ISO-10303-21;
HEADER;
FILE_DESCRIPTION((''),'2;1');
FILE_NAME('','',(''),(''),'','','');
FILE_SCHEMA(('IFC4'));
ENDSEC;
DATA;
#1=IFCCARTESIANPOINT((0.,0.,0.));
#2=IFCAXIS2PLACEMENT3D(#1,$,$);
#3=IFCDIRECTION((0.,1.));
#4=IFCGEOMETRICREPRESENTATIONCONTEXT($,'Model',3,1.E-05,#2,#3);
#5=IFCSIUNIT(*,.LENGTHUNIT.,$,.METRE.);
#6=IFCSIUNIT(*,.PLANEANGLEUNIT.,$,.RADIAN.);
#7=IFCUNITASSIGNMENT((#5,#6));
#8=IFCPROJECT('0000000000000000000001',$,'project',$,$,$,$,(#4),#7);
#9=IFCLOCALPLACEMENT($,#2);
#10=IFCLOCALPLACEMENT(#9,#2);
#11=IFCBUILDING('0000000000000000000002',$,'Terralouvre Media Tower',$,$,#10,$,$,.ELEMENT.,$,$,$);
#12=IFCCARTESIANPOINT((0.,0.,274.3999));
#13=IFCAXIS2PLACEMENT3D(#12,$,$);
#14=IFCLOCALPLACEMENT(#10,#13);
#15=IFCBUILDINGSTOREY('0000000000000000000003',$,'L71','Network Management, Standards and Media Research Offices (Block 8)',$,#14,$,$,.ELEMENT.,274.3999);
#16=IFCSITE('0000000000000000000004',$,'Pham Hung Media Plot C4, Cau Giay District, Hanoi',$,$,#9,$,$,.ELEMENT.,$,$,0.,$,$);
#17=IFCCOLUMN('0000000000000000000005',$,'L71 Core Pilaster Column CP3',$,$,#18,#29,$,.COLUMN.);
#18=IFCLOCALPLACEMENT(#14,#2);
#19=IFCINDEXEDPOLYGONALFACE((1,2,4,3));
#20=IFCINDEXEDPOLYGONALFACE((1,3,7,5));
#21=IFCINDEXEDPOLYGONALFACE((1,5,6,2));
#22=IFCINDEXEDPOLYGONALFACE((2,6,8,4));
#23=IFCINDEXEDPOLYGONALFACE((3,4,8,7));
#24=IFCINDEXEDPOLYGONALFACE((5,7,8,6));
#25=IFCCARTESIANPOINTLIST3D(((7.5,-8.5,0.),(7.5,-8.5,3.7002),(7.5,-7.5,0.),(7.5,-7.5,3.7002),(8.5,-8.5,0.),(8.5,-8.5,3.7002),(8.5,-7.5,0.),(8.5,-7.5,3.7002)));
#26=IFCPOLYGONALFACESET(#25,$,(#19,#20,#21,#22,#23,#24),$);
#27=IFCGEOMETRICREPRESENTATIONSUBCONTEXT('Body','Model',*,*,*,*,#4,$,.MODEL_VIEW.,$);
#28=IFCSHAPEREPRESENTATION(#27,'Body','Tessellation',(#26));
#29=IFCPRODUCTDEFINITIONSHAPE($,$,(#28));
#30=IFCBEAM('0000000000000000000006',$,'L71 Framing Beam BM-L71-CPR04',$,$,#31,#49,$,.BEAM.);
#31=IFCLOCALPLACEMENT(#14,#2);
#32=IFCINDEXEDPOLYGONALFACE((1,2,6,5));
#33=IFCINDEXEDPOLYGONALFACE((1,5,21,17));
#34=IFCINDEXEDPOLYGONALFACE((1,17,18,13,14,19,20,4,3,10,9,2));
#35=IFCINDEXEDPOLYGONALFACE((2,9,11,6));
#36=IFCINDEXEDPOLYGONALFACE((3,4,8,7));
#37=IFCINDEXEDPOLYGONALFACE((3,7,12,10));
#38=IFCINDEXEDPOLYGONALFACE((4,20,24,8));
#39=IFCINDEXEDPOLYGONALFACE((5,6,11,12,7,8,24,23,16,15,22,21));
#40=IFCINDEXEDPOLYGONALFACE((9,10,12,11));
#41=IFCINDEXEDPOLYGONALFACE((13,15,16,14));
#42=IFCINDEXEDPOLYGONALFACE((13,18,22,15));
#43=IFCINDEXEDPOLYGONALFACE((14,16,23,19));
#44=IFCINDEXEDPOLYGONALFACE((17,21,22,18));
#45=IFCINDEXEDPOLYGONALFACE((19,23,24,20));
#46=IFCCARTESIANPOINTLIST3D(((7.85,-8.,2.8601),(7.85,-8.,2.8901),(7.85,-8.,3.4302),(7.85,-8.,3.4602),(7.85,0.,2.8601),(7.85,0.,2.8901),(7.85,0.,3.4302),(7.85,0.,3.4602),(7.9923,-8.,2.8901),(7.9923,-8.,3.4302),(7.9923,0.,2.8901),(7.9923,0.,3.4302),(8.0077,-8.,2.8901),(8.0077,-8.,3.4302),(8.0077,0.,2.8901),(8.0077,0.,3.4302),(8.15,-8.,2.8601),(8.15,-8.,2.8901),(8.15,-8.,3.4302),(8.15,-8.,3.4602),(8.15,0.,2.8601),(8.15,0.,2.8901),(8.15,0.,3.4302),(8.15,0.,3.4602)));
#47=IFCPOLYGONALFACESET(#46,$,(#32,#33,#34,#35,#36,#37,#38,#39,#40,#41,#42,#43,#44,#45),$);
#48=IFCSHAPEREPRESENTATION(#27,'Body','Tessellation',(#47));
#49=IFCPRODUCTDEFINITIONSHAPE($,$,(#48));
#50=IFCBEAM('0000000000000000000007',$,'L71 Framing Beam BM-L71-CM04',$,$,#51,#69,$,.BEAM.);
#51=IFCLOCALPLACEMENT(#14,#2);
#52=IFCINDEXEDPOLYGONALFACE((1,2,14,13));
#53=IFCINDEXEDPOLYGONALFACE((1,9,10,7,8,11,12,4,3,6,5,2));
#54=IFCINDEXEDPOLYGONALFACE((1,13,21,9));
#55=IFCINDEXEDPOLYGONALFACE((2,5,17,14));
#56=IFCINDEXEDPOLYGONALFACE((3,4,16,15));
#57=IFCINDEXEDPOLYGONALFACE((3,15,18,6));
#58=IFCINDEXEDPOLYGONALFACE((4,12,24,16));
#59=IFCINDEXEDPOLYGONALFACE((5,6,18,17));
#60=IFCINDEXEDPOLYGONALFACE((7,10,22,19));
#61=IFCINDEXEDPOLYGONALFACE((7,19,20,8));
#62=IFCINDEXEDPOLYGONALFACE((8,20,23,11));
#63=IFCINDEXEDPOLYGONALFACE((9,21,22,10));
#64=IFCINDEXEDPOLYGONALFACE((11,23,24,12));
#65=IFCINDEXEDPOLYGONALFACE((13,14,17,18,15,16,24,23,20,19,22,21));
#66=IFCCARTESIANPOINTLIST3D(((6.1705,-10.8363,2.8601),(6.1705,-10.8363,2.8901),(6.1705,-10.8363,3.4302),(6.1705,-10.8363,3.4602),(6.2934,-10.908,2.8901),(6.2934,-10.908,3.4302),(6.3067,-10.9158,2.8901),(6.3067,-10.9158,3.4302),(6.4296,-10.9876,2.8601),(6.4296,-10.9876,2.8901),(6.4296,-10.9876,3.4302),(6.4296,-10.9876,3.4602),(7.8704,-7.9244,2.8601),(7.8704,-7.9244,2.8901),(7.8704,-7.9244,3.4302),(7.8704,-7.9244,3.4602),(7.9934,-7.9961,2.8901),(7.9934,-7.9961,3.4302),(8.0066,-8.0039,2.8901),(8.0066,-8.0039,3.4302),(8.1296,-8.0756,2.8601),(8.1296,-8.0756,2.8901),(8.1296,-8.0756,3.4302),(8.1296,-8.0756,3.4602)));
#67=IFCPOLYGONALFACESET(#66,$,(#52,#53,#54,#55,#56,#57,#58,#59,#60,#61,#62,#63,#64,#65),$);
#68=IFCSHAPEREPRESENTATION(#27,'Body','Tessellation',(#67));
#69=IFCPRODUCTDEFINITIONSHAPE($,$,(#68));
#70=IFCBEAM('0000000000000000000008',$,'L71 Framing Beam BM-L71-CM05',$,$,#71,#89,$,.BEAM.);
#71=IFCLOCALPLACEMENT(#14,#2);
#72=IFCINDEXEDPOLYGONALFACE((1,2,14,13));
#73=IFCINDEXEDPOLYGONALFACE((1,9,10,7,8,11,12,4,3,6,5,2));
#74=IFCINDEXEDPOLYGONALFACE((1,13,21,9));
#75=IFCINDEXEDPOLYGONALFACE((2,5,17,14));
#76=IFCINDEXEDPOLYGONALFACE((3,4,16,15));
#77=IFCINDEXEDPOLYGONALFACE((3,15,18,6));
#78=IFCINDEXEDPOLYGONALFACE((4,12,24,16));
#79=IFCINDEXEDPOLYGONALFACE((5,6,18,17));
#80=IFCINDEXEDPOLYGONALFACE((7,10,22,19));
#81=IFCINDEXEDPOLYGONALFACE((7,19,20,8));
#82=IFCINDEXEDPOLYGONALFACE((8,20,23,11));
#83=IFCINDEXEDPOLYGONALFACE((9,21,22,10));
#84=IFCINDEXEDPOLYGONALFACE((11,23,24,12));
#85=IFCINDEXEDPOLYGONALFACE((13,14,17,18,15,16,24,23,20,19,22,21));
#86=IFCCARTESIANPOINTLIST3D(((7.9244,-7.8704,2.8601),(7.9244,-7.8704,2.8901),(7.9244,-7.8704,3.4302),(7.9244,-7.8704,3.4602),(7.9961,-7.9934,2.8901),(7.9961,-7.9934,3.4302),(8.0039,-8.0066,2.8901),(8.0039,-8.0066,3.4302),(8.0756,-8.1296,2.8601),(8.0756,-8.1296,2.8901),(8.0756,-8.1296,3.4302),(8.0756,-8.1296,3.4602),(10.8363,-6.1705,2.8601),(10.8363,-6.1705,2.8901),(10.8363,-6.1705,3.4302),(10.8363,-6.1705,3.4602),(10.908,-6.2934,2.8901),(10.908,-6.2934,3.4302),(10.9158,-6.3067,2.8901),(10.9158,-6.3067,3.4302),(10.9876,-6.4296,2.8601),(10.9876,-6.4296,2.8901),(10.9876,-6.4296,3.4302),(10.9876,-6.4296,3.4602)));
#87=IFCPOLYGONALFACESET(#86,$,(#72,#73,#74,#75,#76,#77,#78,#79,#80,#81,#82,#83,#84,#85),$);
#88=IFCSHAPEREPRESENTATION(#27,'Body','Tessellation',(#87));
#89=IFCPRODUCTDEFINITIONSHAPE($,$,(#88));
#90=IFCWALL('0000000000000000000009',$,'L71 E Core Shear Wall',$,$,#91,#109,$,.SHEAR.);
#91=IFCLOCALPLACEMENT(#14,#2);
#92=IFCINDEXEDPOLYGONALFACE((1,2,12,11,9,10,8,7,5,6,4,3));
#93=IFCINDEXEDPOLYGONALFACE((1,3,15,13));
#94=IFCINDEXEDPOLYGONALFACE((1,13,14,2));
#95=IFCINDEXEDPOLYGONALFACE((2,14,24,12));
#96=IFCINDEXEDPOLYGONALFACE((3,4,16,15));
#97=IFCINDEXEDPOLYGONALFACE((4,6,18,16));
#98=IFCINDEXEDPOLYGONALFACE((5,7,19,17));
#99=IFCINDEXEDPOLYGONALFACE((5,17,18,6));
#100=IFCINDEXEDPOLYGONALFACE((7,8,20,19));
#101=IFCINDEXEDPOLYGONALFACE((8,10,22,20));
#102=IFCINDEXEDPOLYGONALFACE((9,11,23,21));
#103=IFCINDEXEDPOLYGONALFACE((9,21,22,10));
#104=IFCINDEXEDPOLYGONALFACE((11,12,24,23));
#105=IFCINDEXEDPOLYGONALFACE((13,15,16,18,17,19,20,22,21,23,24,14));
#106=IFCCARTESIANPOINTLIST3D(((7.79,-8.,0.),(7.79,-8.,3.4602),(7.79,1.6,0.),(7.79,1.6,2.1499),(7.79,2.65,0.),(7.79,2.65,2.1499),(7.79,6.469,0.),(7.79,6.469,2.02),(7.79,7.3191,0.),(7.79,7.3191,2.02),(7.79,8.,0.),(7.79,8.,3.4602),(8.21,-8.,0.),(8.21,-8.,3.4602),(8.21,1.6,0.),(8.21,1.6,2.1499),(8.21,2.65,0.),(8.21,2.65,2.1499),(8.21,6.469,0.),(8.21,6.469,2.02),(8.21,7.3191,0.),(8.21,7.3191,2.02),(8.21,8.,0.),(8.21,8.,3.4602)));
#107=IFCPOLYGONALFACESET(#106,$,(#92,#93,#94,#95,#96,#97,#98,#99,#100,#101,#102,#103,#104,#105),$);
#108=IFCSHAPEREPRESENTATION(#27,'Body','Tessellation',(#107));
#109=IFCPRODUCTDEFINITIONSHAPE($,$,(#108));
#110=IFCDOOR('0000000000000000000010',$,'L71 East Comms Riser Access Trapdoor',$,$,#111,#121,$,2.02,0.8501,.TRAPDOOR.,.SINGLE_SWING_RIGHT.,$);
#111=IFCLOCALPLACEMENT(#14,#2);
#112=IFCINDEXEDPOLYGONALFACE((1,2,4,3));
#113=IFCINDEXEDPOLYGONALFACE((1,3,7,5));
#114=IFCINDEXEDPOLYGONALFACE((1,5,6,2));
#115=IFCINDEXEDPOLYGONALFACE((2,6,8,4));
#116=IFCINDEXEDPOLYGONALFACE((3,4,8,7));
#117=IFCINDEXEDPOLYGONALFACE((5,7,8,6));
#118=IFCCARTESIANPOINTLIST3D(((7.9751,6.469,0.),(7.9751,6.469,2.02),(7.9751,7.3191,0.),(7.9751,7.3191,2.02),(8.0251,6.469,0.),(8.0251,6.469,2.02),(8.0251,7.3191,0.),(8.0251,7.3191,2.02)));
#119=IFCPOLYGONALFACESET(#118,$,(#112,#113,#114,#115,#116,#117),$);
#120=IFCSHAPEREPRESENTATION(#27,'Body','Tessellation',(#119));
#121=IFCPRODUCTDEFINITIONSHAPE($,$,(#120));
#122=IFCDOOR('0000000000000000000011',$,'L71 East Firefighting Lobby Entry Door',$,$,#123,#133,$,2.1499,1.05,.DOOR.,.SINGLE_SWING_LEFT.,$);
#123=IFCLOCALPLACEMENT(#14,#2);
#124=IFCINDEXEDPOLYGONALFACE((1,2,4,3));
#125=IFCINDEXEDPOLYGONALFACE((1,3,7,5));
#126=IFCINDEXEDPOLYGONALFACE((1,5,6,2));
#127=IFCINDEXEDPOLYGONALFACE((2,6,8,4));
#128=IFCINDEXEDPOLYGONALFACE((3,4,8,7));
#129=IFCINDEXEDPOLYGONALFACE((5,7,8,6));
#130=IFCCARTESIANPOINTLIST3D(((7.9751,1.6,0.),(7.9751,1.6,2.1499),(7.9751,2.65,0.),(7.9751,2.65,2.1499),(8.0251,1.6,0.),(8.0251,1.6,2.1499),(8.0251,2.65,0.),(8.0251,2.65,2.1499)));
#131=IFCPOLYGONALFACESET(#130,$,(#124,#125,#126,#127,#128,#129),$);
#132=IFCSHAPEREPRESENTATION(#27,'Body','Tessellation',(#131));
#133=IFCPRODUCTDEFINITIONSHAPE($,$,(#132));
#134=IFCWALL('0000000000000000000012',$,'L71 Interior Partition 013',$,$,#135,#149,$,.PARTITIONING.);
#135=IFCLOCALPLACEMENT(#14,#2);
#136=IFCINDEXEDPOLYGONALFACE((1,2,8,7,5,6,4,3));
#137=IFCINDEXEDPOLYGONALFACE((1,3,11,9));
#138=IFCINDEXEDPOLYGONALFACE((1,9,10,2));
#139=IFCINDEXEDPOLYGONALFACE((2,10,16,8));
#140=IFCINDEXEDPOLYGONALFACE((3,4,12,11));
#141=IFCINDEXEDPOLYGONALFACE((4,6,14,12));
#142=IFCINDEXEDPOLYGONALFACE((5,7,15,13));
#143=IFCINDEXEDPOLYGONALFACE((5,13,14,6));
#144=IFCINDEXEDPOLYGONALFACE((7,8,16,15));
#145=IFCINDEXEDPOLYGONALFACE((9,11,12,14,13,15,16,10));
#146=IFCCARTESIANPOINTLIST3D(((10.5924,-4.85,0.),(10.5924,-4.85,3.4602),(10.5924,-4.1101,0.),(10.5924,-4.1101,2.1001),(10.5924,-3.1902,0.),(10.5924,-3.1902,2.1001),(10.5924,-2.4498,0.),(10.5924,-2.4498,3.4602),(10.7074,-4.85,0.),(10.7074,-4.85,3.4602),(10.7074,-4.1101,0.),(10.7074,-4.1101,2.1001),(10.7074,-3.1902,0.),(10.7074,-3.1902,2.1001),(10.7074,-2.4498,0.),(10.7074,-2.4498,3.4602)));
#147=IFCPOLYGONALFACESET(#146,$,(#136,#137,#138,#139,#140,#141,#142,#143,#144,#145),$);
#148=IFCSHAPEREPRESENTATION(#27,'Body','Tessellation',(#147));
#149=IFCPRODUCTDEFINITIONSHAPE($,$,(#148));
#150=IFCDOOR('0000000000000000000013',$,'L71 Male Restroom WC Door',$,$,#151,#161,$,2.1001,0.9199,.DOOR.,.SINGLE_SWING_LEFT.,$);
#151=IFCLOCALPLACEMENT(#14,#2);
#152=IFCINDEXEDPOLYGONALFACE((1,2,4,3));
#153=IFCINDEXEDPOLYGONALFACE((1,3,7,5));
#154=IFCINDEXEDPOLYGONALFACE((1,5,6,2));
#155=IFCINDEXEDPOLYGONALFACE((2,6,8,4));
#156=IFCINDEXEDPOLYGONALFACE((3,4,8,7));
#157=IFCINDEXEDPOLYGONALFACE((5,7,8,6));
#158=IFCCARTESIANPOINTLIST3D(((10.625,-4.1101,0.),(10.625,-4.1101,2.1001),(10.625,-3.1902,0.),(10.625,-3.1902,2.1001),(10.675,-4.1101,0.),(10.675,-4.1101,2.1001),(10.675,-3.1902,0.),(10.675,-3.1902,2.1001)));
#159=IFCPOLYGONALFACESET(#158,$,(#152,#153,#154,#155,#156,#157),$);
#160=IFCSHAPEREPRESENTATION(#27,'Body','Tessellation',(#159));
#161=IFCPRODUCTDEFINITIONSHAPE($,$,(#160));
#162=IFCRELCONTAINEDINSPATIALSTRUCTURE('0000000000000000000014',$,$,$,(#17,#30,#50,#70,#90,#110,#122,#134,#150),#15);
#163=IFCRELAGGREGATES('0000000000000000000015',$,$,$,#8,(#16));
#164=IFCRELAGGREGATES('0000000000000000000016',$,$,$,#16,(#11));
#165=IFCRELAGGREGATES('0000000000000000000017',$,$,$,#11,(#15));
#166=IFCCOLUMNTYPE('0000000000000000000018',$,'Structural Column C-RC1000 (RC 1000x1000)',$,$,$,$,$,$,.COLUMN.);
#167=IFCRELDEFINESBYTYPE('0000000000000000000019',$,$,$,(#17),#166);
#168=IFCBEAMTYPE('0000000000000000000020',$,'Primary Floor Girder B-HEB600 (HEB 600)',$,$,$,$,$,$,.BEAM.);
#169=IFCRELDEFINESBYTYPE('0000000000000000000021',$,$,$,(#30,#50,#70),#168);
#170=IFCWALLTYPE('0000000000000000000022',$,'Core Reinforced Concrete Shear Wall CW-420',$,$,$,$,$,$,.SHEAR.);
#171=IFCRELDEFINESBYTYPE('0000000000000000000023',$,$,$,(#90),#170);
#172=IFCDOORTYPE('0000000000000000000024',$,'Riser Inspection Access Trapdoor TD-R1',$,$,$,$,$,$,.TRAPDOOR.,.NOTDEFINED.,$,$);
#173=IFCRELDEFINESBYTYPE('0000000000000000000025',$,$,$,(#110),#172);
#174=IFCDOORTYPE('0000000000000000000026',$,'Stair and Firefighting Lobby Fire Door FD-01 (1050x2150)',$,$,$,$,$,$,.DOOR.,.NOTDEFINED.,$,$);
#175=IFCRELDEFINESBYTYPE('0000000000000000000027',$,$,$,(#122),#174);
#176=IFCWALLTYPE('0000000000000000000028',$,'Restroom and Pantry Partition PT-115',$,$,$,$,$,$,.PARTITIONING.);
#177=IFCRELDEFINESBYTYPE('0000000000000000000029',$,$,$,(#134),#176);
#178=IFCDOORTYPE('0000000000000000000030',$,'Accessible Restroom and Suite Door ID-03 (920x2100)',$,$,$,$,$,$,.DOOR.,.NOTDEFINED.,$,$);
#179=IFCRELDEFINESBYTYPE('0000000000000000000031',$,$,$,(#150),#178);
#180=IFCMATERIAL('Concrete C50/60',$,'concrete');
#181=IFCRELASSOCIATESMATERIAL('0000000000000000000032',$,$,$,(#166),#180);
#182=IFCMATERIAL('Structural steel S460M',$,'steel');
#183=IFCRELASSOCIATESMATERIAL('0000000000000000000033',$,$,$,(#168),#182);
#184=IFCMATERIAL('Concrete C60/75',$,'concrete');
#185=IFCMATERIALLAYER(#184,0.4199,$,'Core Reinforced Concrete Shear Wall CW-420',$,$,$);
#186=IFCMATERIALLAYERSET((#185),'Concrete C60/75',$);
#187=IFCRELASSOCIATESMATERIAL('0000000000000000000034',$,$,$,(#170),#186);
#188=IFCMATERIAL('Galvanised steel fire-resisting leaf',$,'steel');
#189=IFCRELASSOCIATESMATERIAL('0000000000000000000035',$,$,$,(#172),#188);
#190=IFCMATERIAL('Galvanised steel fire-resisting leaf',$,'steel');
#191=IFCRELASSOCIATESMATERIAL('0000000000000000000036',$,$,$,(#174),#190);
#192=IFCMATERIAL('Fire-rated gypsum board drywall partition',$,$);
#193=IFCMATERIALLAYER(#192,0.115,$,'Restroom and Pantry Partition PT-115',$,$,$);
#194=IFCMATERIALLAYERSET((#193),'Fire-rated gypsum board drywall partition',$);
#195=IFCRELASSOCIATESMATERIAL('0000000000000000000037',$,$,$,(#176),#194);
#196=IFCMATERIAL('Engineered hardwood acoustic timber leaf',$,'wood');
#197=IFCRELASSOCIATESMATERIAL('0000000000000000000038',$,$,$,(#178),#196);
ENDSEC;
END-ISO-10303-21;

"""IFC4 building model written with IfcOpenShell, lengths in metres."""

from ifc_helpers import new_model, si_unit, direction, frame, frame_2d, origin, origin_2d, place, context, subcontext, project, spatial, rectangle, i_section, extrude, material, layer, layer_set, material_profile, profile_set, type_object, element, fill, save


model = new_model("IFC4")

# Units and contexts
model_context = context("Model", 3, precision=1e-05, world=origin(), true_north=direction((0.0, 1.0)))
body_context = subcontext(model_context, "Body", "Model", "MODEL_VIEW")
ifc_project = project(units=[si_unit("LENGTHUNIT", "METRE"), si_unit("PLANEANGLEUNIT", "RADIAN")], contexts=[model_context])

# Site, building, storey
site_placement = place(None, origin())
site = spatial("IfcSite", under=ifc_project, at=site_placement, Name="Pham Hung Media Plot C4, Cau Giay District, Hanoi", CompositionType="ELEMENT", RefElevation=0.0)
building_placement = place(site_placement, origin())
building = spatial("IfcBuilding", under=site, at=building_placement, Name="Terralouvre Media Tower", CompositionType="ELEMENT")
storey_placement = place(building_placement, frame((0.0, 0.0, 274.3999)))
storey = spatial("IfcBuildingStorey", under=building, at=storey_placement, Name="L71", Description="Network Management, Standards and Media Research Offices (Block 8)", CompositionType="ELEMENT", Elevation=274.3999)

# Column
ifc_material_1 = material(Name="Concrete C50/60", Category="concrete")
ifc_material_profile_1 = material_profile(ifc_material_1, rectangle(XDim=1.0, YDim=1.0, at=origin_2d()), Name="RC 1000x1000")
ifc_profile_set_1 = profile_set([ifc_material_profile_1], Name="Concrete C50/60")
column_type = type_object("IfcColumnType", Name="Structural Column C-RC1000 (RC 1000x1000)", PredefinedType="COLUMN", material=ifc_profile_set_1)
column_placement = place(storey_placement, frame((8.0, -8.0, 0.0), z_axis=(0.0, 0.0, 1.0), x_axis=(1.0, 0.0, 0.0)))
element("IfcColumn", 1, at=column_placement, inside=storey, type_object=column_type, Name="L71 Core Pilaster Column CP3", PredefinedType="COLUMN", context=body_context, shape_type="SweptSolid", body=[
    extrude(rectangle(XDim=1.0, YDim=1.0, at=origin_2d()), origin(), (0.0, 0.0, 1.0), 3.7002),
])

# Beams
ifc_material_2 = material(Name="Structural steel S460M", Category="steel")
ifc_material_profile_2 = material_profile(ifc_material_2, i_section(OverallWidth=0.3, OverallDepth=0.6001, WebThickness=0.0154, FlangeThickness=0.03, at=origin_2d()), Name="HEB 600")
ifc_profile_set_2 = profile_set([ifc_material_profile_2], Name="Structural steel S460M")
beam_type = type_object("IfcBeamType", Name="Primary Floor Girder B-HEB600 (HEB 600)", PredefinedType="BEAM", material=ifc_profile_set_2)
beam_placement = place(storey_placement, frame((8.0, -8.0, 3.1602), z_axis=(0.0, 1.0, 0.0), x_axis=(-1.0, 0.0, 0.0)))
element("IfcBeam", 2, at=beam_placement, inside=storey, type_object=beam_type, Name="L71 Framing Beam BM-L71-CPR04", PredefinedType="BEAM", context=body_context, shape_type="SweptSolid", body=[
    extrude(i_section(OverallWidth=0.3, OverallDepth=0.6001, WebThickness=0.0154, FlangeThickness=0.03, at=origin_2d()), origin(), (0.0, 0.0, 1.0), 8.0),
])
for number, where, z_axis, x_axis, name in (
    (3, (8.0, -8.0, 3.1602), (-0.504173, -0.863603, 0.0), (0.863603, -0.504173, 0.0), "L71 Framing Beam BM-L71-CM04"),
    (4, (8.0, -8.0, 3.1602), (0.863603, 0.504173, 0.0), (-0.504173, 0.863603, 0.0), "L71 Framing Beam BM-L71-CM05"),
):
    element("IfcBeam", number, at=place(storey_placement, frame(where, z_axis=z_axis, x_axis=x_axis)), inside=storey, type_object=beam_type, Name=name, PredefinedType="BEAM", context=body_context, shape_type="SweptSolid", body=[
        extrude(i_section(OverallWidth=0.3, OverallDepth=0.6001, WebThickness=0.0154, FlangeThickness=0.03, at=origin_2d()), origin(), (0.0, 0.0, 1.0), 3.3718),
    ])

# Wall, openings, doors
ifc_material_3 = material(Name="Concrete C60/75", Category="concrete")
ifc_layer_1 = layer(ifc_material_3, 0.4199, Name="Core Reinforced Concrete Shear Wall CW-420")
ifc_layer_set_1 = layer_set([ifc_layer_1], Name="Concrete C60/75")
wall_type_1 = type_object("IfcWallType", Name="Core Reinforced Concrete Shear Wall CW-420", PredefinedType="SHEAR", material=ifc_layer_set_1)
wall_1_placement = place(storey_placement, frame((8.0, -8.0, 0.0), z_axis=(0.0, 0.0, 1.0), x_axis=(0.0, 1.0, 0.0)))
wall_1 = element("IfcWall", 5, at=wall_1_placement, inside=storey, type_object=wall_type_1, Name="L71 E Core Shear Wall", PredefinedType="SHEAR", context=body_context, shape_type="SweptSolid", body=[
    extrude(rectangle(XDim=16.0, YDim=0.4199, at=frame_2d((8.0, 0.0))), origin(), (0.0, 0.0, 1.0), 3.4602),
])
opening_1_placement = place(wall_1_placement, frame((9.6001, 0.0, 0.0)))
opening_1 = element("IfcOpeningElement", 6, at=opening_1_placement, cuts=wall_1, PredefinedType="OPENING", context=body_context, shape_type="SweptSolid", body=[
    extrude(rectangle(XDim=1.05, YDim=2.1499, at=frame_2d((0.5249, 1.075))), frame((0.0, 0.22, 0.0), z_axis=(0.0, -1.0, 0.0), x_axis=(1.0, 0.0, 0.0)), (0.0, 0.0, 1.0), 0.4399),
])
opening_2_placement = place(wall_1_placement, frame((14.469, 0.0, 0.0)))
opening_2 = element("IfcOpeningElement", 7, at=opening_2_placement, cuts=wall_1, PredefinedType="OPENING", context=body_context, shape_type="SweptSolid", body=[
    extrude(rectangle(XDim=0.8501, YDim=2.02, at=frame_2d((0.425, 1.01))), frame((0.0, 0.22, 0.0), z_axis=(0.0, -1.0, 0.0), x_axis=(1.0, 0.0, 0.0)), (0.0, 0.0, 1.0), 0.4399),
])
ifc_material_4 = material(Name="Galvanised steel fire-resisting leaf", Category="steel")
door_type_1 = type_object("IfcDoorType", Name="Riser Inspection Access Trapdoor TD-R1", OperationType="NOTDEFINED", PredefinedType="TRAPDOOR", material=ifc_material_4)
door_1_placement = place(opening_2_placement, origin())
door_1 = element("IfcDoor", 8, at=door_1_placement, inside=storey, type_object=door_type_1, Name="L71 East Comms Riser Access Trapdoor", OperationType="SINGLE_SWING_RIGHT", OverallHeight=2.02, OverallWidth=0.8501, PredefinedType="TRAPDOOR", context=body_context, shape_type="SweptSolid", body=[
    extrude(rectangle(XDim=0.8501, YDim=2.02, at=frame_2d((0.425, 1.01))), frame((0.0, 0.0249, 0.0), z_axis=(0.0, -1.0, 0.0), x_axis=(1.0, 0.0, 0.0)), (0.0, 0.0, 1.0), 0.05),
])
fill(opening_2, door_1)
ifc_material_5 = material(Name="Galvanised steel fire-resisting leaf", Category="steel")
door_type_2 = type_object("IfcDoorType", Name="Stair and Firefighting Lobby Fire Door FD-01 (1050x2150)", OperationType="NOTDEFINED", PredefinedType="DOOR", material=ifc_material_5)
door_2_placement = place(opening_1_placement, origin())
door_2 = element("IfcDoor", 9, at=door_2_placement, inside=storey, type_object=door_type_2, Name="L71 East Firefighting Lobby Entry Door", OperationType="SINGLE_SWING_LEFT", OverallHeight=2.1499, OverallWidth=1.05, PredefinedType="DOOR", context=body_context, shape_type="SweptSolid", body=[
    extrude(rectangle(XDim=1.05, YDim=2.1499, at=frame_2d((0.5249, 1.075))), frame((0.0, 0.0249, 0.0), z_axis=(0.0, -1.0, 0.0), x_axis=(1.0, 0.0, 0.0)), (0.0, 0.0, 1.0), 0.05),
])
fill(opening_1, door_2)

# Wall, opening, door
ifc_material_6 = material(Name="Fire-rated gypsum board drywall partition")
ifc_layer_2 = layer(ifc_material_6, 0.115, Name="Restroom and Pantry Partition PT-115")
ifc_layer_set_2 = layer_set([ifc_layer_2], Name="Fire-rated gypsum board drywall partition")
wall_type_2 = type_object("IfcWallType", Name="Restroom and Pantry Partition PT-115", PredefinedType="PARTITIONING", material=ifc_layer_set_2)
wall_2_placement = place(storey_placement, frame((10.6499, -4.8501, 0.0), z_axis=(0.0, 0.0, 1.0), x_axis=(0.0, 1.0, 0.0)))
wall_2 = element("IfcWall", 10, at=wall_2_placement, inside=storey, type_object=wall_type_2, Name="L71 Interior Partition 013", PredefinedType="PARTITIONING", context=body_context, shape_type="SweptSolid", body=[
    extrude(rectangle(XDim=2.4001, YDim=0.115, at=frame_2d((1.2002, 0.0))), origin(), (0.0, 0.0, 1.0), 3.4602),
])
opening_3_placement = place(wall_2_placement, frame((0.74, 0.0, 0.0)))
opening_3 = element("IfcOpeningElement", 11, at=opening_3_placement, cuts=wall_2, PredefinedType="OPENING", context=body_context, shape_type="SweptSolid", body=[
    extrude(rectangle(XDim=0.9199, YDim=2.1001, at=frame_2d((0.46, 1.05))), frame((0.0, 0.0674, 0.0), z_axis=(0.0, -1.0, 0.0), x_axis=(1.0, 0.0, 0.0)), (0.0, 0.0, 1.0), 0.135),
])
ifc_material_7 = material(Name="Engineered hardwood acoustic timber leaf", Category="wood")
door_type_3 = type_object("IfcDoorType", Name="Accessible Restroom and Suite Door ID-03 (920x2100)", OperationType="NOTDEFINED", PredefinedType="DOOR", material=ifc_material_7)
door_3_placement = place(opening_3_placement, origin())
door_3 = element("IfcDoor", 12, at=door_3_placement, inside=storey, type_object=door_type_3, Name="L71 Male Restroom WC Door", OperationType="SINGLE_SWING_LEFT", OverallHeight=2.1001, OverallWidth=0.9199, PredefinedType="DOOR", context=body_context, shape_type="SweptSolid", body=[
    extrude(rectangle(XDim=0.9199, YDim=2.1001, at=frame_2d((0.46, 1.05))), frame((0.0, 0.0249, 0.0), z_axis=(0.0, -1.0, 0.0), x_axis=(1.0, 0.0, 0.0)), (0.0, 0.0, 1.0), 0.05),
])
fill(opening_3, door_3)

save(model, "model.ifc")
